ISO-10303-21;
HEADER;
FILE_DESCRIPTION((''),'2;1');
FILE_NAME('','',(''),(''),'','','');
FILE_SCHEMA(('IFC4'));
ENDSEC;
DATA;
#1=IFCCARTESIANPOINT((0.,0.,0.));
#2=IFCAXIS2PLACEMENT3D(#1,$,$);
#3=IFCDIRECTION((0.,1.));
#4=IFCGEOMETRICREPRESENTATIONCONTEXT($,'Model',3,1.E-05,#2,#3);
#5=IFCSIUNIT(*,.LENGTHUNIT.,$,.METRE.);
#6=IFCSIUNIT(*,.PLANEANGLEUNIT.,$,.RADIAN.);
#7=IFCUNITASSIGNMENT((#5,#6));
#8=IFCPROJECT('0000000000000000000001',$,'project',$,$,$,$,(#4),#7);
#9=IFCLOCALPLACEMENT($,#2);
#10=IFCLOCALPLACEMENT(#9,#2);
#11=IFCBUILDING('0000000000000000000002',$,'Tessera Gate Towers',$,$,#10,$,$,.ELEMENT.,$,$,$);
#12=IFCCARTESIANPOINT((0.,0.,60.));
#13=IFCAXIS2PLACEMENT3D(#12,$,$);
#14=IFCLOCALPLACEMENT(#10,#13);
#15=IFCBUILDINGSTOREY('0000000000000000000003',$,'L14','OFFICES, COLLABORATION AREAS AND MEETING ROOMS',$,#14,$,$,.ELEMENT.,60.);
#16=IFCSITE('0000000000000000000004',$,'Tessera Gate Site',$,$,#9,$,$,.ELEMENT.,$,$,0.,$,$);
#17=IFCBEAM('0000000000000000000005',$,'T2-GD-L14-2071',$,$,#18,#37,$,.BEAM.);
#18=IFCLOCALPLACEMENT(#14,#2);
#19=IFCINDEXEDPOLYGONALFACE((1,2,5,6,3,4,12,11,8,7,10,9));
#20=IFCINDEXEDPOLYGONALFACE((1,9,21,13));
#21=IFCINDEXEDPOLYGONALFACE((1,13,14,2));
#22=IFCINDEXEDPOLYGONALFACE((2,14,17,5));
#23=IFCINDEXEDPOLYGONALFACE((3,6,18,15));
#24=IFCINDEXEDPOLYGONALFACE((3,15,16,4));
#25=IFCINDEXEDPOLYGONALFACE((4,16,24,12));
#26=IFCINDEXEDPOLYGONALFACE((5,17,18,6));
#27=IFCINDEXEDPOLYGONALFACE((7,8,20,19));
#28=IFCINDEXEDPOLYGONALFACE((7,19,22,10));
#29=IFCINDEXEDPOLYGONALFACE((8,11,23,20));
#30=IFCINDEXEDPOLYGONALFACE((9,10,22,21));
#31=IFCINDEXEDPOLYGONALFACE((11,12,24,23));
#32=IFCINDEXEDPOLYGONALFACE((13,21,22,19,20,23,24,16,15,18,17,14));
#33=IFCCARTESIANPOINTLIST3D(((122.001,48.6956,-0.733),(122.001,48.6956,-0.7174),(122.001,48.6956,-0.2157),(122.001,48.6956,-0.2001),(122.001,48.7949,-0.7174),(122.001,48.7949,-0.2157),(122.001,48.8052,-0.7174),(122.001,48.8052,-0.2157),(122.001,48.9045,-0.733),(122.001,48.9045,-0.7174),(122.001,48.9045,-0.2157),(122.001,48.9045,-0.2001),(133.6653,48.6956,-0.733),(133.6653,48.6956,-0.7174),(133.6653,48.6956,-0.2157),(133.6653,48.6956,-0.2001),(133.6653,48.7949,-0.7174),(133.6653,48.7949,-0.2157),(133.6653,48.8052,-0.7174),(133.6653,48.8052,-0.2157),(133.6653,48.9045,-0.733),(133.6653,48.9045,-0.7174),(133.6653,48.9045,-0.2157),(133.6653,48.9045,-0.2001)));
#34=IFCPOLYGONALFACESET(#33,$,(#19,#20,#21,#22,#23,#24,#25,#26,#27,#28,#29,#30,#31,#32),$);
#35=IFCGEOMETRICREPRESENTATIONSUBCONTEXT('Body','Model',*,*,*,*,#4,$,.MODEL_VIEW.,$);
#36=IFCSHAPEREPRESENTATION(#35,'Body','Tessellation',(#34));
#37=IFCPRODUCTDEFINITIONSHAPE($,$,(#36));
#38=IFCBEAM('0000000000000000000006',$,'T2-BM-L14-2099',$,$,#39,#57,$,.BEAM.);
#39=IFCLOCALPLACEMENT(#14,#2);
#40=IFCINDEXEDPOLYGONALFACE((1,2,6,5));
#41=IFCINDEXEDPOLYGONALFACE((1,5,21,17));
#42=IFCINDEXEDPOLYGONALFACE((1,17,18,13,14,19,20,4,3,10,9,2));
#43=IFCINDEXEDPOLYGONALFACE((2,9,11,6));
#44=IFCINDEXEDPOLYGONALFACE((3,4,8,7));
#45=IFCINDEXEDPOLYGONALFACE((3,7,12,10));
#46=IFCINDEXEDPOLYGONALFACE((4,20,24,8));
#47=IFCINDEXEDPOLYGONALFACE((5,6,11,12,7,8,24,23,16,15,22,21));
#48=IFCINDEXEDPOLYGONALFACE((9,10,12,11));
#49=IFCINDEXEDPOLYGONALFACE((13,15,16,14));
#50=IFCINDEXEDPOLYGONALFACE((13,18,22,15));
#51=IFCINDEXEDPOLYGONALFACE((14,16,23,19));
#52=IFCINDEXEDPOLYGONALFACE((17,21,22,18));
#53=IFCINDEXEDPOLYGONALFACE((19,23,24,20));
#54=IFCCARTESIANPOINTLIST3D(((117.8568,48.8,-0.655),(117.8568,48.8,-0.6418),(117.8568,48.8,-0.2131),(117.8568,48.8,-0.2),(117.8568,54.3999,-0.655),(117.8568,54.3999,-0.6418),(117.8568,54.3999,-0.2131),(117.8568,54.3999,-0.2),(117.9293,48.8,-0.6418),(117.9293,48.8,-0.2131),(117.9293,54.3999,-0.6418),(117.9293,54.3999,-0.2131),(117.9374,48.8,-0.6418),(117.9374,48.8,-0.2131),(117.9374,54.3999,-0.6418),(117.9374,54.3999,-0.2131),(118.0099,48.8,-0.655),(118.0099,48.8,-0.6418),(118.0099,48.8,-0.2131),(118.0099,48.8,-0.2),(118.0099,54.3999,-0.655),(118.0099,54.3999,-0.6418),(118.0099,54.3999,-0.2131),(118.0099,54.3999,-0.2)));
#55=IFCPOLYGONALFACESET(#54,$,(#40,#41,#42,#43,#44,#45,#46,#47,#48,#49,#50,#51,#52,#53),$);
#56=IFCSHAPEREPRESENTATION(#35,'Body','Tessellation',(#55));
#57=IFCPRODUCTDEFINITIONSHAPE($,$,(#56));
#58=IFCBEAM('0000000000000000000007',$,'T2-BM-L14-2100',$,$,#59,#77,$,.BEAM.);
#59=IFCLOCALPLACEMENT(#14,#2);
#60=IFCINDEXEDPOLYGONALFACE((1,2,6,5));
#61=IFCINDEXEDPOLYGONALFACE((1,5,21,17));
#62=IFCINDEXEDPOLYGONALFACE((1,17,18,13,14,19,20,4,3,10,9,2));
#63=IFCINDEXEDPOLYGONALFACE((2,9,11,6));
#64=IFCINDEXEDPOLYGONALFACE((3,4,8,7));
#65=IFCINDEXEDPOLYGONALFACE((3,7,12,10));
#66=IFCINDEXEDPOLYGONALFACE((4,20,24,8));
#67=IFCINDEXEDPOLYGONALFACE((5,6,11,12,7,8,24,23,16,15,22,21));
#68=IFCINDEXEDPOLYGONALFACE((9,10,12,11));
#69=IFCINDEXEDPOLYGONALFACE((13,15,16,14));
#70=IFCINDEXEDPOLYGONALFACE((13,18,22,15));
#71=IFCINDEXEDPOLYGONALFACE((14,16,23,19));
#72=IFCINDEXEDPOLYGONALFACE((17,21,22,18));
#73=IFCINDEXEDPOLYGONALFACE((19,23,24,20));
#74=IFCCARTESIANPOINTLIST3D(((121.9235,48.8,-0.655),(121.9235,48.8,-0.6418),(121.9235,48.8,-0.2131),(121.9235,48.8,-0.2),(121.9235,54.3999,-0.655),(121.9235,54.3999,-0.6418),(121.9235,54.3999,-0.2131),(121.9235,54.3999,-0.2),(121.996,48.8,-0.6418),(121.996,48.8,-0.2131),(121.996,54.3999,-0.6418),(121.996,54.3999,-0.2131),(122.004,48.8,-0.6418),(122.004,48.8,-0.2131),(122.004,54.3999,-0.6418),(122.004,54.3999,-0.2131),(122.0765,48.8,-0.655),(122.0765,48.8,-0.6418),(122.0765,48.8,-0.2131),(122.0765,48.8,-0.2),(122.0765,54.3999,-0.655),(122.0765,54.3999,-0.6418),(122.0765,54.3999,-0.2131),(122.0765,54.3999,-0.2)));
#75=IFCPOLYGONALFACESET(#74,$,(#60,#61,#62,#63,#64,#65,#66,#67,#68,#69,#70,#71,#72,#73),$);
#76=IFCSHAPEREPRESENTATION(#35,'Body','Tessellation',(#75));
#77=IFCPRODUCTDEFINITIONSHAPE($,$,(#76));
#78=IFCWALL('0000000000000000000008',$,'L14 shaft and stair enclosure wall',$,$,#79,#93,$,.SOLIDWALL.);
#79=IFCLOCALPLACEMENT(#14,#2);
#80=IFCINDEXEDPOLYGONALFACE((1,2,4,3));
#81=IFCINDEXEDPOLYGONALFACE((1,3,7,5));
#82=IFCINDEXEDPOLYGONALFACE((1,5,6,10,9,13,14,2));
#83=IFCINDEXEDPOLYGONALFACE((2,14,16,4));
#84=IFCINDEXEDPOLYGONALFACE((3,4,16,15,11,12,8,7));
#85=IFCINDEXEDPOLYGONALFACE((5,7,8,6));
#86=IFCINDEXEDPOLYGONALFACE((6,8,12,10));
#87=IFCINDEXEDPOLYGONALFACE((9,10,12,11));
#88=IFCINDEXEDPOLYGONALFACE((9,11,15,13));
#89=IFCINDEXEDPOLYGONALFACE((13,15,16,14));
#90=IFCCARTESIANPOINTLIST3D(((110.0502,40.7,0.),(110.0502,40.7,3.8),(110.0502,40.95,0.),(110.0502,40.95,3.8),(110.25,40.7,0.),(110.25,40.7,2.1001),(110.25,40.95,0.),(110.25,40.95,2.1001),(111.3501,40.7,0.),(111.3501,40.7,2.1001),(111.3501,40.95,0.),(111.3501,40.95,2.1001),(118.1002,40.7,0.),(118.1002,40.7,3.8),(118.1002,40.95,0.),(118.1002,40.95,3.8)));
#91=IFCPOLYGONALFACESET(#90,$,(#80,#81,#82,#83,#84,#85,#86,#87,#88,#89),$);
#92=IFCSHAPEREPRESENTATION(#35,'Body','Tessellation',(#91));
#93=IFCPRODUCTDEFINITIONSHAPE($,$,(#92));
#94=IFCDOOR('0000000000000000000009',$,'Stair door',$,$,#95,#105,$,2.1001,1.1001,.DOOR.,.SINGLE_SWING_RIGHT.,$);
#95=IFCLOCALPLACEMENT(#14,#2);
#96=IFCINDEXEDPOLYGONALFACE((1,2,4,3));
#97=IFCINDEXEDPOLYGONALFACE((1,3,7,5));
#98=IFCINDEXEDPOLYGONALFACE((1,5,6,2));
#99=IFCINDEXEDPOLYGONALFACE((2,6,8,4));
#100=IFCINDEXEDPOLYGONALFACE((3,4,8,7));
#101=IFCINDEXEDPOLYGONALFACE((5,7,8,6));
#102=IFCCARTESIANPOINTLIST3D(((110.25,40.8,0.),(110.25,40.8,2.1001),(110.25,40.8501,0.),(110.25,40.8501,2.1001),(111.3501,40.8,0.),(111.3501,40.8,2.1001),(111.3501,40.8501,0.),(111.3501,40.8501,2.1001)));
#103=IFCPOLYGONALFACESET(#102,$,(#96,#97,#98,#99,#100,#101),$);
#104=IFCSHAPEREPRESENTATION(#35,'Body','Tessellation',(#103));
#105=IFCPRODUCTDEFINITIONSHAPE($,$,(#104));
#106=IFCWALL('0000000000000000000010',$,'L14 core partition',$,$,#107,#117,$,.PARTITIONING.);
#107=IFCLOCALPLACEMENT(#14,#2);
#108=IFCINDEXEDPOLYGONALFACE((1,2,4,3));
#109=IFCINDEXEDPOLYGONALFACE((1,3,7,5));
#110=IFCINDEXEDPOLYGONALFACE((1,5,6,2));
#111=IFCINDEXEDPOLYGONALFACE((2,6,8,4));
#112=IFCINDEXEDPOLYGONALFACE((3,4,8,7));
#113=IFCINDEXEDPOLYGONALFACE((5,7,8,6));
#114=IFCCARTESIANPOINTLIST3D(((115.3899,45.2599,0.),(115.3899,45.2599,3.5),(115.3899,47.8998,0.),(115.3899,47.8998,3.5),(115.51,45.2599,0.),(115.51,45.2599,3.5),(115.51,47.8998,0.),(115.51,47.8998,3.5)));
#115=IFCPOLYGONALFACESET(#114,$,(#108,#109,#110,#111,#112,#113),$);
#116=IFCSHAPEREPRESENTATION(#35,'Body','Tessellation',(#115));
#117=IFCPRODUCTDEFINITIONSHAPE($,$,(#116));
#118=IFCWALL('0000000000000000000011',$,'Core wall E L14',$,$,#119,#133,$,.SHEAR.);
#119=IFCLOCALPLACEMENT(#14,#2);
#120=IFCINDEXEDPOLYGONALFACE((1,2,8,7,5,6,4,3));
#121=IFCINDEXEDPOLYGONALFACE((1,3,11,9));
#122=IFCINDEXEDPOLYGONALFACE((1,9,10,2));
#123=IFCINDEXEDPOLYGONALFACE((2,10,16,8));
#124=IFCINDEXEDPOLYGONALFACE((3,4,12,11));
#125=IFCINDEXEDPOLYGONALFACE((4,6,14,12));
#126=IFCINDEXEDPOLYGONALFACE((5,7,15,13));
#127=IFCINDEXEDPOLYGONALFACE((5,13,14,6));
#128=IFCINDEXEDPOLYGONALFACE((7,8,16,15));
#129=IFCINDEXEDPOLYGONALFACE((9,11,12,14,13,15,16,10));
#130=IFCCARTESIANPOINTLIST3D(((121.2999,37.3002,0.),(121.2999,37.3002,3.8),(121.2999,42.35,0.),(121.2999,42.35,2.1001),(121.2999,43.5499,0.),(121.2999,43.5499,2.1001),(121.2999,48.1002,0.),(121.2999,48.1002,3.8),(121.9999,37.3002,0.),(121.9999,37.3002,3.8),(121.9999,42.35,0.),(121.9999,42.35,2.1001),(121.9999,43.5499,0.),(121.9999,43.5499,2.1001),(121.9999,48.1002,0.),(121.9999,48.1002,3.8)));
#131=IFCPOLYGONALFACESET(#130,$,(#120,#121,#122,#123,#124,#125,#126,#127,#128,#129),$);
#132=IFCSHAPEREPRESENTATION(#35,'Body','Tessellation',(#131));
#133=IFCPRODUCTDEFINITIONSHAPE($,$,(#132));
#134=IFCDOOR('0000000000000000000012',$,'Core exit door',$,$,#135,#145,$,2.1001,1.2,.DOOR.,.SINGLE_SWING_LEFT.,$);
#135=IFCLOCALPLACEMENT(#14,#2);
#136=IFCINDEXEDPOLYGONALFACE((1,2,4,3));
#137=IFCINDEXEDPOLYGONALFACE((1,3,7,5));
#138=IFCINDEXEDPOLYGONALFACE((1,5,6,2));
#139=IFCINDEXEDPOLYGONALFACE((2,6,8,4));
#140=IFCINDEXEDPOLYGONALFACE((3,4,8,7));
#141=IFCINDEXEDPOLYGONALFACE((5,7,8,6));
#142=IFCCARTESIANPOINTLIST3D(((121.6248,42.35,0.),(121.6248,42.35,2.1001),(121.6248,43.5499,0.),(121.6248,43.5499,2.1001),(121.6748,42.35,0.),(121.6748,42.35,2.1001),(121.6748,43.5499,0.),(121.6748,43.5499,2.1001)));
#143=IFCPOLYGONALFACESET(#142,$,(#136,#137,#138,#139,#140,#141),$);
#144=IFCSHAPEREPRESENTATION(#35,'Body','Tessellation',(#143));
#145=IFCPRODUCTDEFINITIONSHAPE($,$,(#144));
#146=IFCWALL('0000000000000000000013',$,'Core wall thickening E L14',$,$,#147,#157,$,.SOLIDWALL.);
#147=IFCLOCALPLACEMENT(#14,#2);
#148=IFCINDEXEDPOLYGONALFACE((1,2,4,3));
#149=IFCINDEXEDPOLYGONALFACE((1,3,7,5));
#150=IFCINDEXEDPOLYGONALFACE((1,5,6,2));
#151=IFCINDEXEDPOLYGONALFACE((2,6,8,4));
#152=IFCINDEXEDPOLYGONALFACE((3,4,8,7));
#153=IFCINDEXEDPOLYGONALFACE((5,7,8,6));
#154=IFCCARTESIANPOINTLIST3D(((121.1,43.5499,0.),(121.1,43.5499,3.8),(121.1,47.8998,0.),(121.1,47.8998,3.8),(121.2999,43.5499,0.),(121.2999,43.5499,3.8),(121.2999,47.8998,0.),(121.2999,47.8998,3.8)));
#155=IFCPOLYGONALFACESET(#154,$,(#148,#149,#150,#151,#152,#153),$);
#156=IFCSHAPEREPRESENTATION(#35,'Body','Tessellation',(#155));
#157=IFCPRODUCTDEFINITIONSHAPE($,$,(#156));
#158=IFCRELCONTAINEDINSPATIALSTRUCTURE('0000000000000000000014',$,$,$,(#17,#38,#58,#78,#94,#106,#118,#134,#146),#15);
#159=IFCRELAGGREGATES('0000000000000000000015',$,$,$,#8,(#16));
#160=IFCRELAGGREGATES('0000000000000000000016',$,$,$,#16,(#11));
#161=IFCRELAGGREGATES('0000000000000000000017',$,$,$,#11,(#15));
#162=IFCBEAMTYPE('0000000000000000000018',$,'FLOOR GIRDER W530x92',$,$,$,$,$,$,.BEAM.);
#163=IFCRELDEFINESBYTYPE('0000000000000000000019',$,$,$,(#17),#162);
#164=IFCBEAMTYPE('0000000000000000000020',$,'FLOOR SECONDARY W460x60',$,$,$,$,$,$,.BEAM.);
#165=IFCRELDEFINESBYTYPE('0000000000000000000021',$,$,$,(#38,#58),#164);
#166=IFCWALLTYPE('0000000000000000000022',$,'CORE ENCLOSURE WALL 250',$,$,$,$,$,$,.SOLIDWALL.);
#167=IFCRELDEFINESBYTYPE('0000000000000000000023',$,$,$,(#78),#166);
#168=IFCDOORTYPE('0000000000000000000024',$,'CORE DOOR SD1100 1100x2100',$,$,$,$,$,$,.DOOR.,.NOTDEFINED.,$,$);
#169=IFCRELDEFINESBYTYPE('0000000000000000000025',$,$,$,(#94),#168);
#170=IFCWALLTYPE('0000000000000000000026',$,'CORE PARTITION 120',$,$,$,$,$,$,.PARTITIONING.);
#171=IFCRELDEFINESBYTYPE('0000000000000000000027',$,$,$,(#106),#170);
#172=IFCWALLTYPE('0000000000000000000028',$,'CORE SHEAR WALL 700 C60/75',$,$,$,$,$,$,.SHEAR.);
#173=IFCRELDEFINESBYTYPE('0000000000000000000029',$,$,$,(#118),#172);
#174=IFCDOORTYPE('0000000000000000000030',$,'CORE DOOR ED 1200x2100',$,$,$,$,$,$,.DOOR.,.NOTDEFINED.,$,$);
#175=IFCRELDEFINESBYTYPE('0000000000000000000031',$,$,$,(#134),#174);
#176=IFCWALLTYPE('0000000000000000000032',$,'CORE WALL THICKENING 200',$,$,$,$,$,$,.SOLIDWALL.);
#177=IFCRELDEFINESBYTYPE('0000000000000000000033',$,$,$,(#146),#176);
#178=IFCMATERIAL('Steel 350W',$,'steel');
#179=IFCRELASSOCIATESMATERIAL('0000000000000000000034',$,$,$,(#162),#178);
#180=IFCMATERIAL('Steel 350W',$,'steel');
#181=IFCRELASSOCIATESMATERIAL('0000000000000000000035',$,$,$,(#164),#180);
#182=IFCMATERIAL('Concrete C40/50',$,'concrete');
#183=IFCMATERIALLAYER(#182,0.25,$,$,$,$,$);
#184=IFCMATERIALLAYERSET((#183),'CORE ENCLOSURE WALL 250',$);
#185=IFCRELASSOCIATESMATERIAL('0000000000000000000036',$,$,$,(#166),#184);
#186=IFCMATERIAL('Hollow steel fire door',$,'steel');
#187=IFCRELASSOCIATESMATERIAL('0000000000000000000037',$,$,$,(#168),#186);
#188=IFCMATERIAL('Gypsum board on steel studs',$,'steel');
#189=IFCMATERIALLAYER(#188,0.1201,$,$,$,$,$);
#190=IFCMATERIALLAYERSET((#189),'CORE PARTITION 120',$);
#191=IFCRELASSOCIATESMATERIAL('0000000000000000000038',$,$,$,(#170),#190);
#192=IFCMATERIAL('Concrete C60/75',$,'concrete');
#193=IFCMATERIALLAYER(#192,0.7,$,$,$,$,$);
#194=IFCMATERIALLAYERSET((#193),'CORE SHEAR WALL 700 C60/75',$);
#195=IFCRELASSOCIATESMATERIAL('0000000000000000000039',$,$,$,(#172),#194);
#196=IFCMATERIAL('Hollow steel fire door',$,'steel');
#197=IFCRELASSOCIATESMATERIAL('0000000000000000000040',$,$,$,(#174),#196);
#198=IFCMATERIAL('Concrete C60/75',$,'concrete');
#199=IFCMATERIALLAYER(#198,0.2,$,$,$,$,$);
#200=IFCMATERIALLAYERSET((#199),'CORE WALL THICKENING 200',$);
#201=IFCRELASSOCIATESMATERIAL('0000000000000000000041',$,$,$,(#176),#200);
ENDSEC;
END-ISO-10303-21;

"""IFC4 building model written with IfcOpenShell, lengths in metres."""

from ifc_helpers import new_model, si_unit, direction, frame, frame_2d, origin, origin_2d, place, context, subcontext, project, spatial, rectangle, i_section, extrude, source, transform, mapped, material, layer, layer_set, material_profile, profile_set, type_object, element, fill, save


model = new_model("IFC4")

# Units and contexts
model_context = context("Model", 3, precision=1e-05, world=origin(), true_north=direction((0.0, 1.0)))
body_context = subcontext(model_context, "Body", "Model", "MODEL_VIEW")
ifc_project = project(units=[si_unit("LENGTHUNIT", "METRE"), si_unit("PLANEANGLEUNIT", "RADIAN")], contexts=[model_context])

# Site, building, storey
site_placement = place(None, origin())
site = spatial("IfcSite", under=ifc_project, at=site_placement, Name="Tessera Gate Site", CompositionType="ELEMENT", RefElevation=0.0)
building_placement = place(site_placement, origin())
building = spatial("IfcBuilding", under=site, at=building_placement, Name="Tessera Gate Towers", CompositionType="ELEMENT")
storey_placement = place(building_placement, frame((0.0, 0.0, 60.0)))
storey = spatial("IfcBuildingStorey", under=building, at=storey_placement, Name="L14", Description="OFFICES, COLLABORATION AREAS AND MEETING ROOMS", CompositionType="ELEMENT", Elevation=60.0)

# Beams
ifc_material_1 = material(Name="Steel 350W", Category="steel")
ifc_material_profile_1 = material_profile(ifc_material_1, i_section(OverallWidth=0.209, OverallDepth=0.533, WebThickness=0.0103, FlangeThickness=0.0156, at=origin_2d()), Name="W530x92")
ifc_profile_set_1 = profile_set([ifc_material_profile_1], Name="Steel 350W")
beam_type_1 = type_object("IfcBeamType", Name="FLOOR GIRDER W530x92", PredefinedType="BEAM", material=ifc_profile_set_1)
beam_placement = place(storey_placement, frame((122.001, 48.8, -0.4666), z_axis=(1.0, 0.0, 0.0), x_axis=(0.0, 1.0, 0.0)))
element("IfcBeam", 1, at=beam_placement, inside=storey, type_object=beam_type_1, Name="T2-GD-L14-2071", PredefinedType="BEAM", context=body_context, shape_type="SweptSolid", body=[
    extrude(i_section(OverallWidth=0.209, OverallDepth=0.533, WebThickness=0.0103, FlangeThickness=0.0156, at=origin_2d()), origin(), (0.0, 0.0, 1.0), 11.6643),
])
ifc_material_2 = material(Name="Steel 350W", Category="steel")
ifc_material_profile_2 = material_profile(ifc_material_2, i_section(OverallWidth=0.1531, OverallDepth=0.4551, WebThickness=0.0081, FlangeThickness=0.0132, at=origin_2d()), Name="W460x60")
ifc_profile_set_2 = profile_set([ifc_material_profile_2], Name="Steel 350W")
beam_type_2 = type_object("IfcBeamType", Name="FLOOR SECONDARY W460x60", PredefinedType="BEAM", material=ifc_profile_set_2)
for number, where, z_axis, x_axis, name in (
    (2, (117.9333, 48.8, -0.4275), (0.0, 1.0, 0.0), (-1.0, 0.0, 0.0), "T2-BM-L14-2099"),
    (3, (122.0, 48.8, -0.4275), (0.0, 1.0, 0.0), (-1.0, 0.0, 0.0), "T2-BM-L14-2100"),
):
    element("IfcBeam", number, at=place(storey_placement, frame(where, z_axis=z_axis, x_axis=x_axis)), inside=storey, type_object=beam_type_2, Name=name, PredefinedType="BEAM", context=body_context, shape_type="SweptSolid", body=[
        extrude(i_section(OverallWidth=0.1531, OverallDepth=0.4551, WebThickness=0.0081, FlangeThickness=0.0132, at=origin_2d()), origin(), (0.0, 0.0, 1.0), 5.5999),
    ])

# Wall, opening, door
ifc_material_3 = material(Name="Concrete C40/50", Category="concrete")
ifc_layer_1 = layer(ifc_material_3, 0.25)
ifc_layer_set_1 = layer_set([ifc_layer_1], Name="CORE ENCLOSURE WALL 250")
wall_type_1 = type_object("IfcWallType", Name="CORE ENCLOSURE WALL 250", PredefinedType="SOLIDWALL", material=ifc_layer_set_1)
wall_1_placement = place(storey_placement, frame((118.1001, 40.825, 0.0), z_axis=(0.0, 0.0, 1.0), x_axis=(-1.0, 0.0, 0.0)))
wall_1 = element("IfcWall", 4, at=wall_1_placement, inside=storey, type_object=wall_type_1, Name="L14 shaft and stair enclosure wall", PredefinedType="SOLIDWALL", context=body_context, shape_type="SweptSolid", body=[
    extrude(rectangle(XDim=8.05, YDim=0.25, at=frame_2d((4.0249, 0.0))), origin(), (0.0, 0.0, 1.0), 3.8),
])
shared_shape_1 = source(origin(), body_context, "Body", "SweptSolid", [
    extrude(rectangle(XDim=1.1001, YDim=2.1001, at=frame_2d((0.55, 1.05))), frame((0.0, 0.135, 0.0), z_axis=(0.0, -1.0, 0.0), x_axis=(1.0, 0.0, 0.0)), (0.0, 0.0, 1.0), 0.27),
])
opening_1_placement = place(wall_1_placement, frame((6.75, 0.0, 0.0)))
opening_1 = element("IfcOpeningElement", 5, at=opening_1_placement, cuts=wall_1, PredefinedType="OPENING", context=body_context, shape_type="MappedRepresentation", body=[
    mapped(shared_shape_1, transform((0.0, 0.0, 0.0), scale=1.0)),
])
ifc_material_4 = material(Name="Hollow steel fire door", Category="steel")
door_type_1 = type_object("IfcDoorType", Name="CORE DOOR SD1100 1100x2100", OperationType="NOTDEFINED", PredefinedType="DOOR", material=ifc_material_4)
shared_shape_2 = source(origin(), body_context, "Body", "SweptSolid", [
    extrude(rectangle(XDim=1.1001, YDim=2.1001, at=frame_2d((0.55, 1.05))), frame((0.0, 0.0249, 0.0), z_axis=(0.0, -1.0, 0.0), x_axis=(1.0, 0.0, 0.0)), (0.0, 0.0, 1.0), 0.05),
])
door_1_placement = place(opening_1_placement, origin())
door_1 = element("IfcDoor", 6, at=door_1_placement, inside=storey, type_object=door_type_1, Name="Stair door", OperationType="SINGLE_SWING_RIGHT", OverallHeight=2.1001, OverallWidth=1.1001, PredefinedType="DOOR", context=body_context, shape_type="MappedRepresentation", body=[
    mapped(shared_shape_2, transform((0.0, 0.0, 0.0), scale=1.0)),
])
fill(opening_1, door_1)

# Wall
ifc_material_5 = material(Name="Gypsum board on steel studs", Category="steel")
ifc_layer_2 = layer(ifc_material_5, 0.1201)
ifc_layer_set_2 = layer_set([ifc_layer_2], Name="CORE PARTITION 120")
wall_type_2 = type_object("IfcWallType", Name="CORE PARTITION 120", PredefinedType="PARTITIONING", material=ifc_layer_set_2)
wall_2_placement = place(storey_placement, frame((115.45, 45.26, 0.0), z_axis=(0.0, 0.0, 1.0), x_axis=(0.0, 1.0, 0.0)))
element("IfcWall", 7, at=wall_2_placement, inside=storey, type_object=wall_type_2, Name="L14 core partition", PredefinedType="PARTITIONING", context=body_context, shape_type="SweptSolid", body=[
    extrude(rectangle(XDim=2.6399, YDim=0.1201, at=frame_2d((1.3198, 0.0))), origin(), (0.0, 0.0, 1.0), 3.5),
])

# Wall, opening, door
ifc_material_6 = material(Name="Concrete C60/75", Category="concrete")
ifc_layer_3 = layer(ifc_material_6, 0.7)
ifc_layer_set_3 = layer_set([ifc_layer_3], Name="CORE SHEAR WALL 700 C60/75")
wall_type_3 = type_object("IfcWallType", Name="CORE SHEAR WALL 700 C60/75", PredefinedType="SHEAR", material=ifc_layer_set_3)
wall_3_placement = place(storey_placement, frame((121.6499, 48.1001, 0.0), z_axis=(0.0, 0.0, 1.0), x_axis=(0.0, -1.0, 0.0)))
wall_3 = element("IfcWall", 8, at=wall_3_placement, inside=storey, type_object=wall_type_3, Name="Core wall E L14", PredefinedType="SHEAR", context=body_context, shape_type="SweptSolid", body=[
    extrude(rectangle(XDim=10.8, YDim=0.7, at=frame_2d((5.3999, 0.0))), origin(), (0.0, 0.0, 1.0), 3.8),
])
shared_shape_3 = source(origin(), body_context, "Body", "SweptSolid", [
    extrude(rectangle(XDim=1.2, YDim=2.1001, at=frame_2d((0.6001, 1.05))), frame((0.0, 0.3599, 0.0), z_axis=(0.0, -1.0, 0.0), x_axis=(1.0, 0.0, 0.0)), (0.0, 0.0, 1.0), 0.72),
])
opening_2_placement = place(wall_3_placement, frame((4.55, 0.0, 0.0)))
opening_2 = element("IfcOpeningElement", 9, at=opening_2_placement, cuts=wall_3, PredefinedType="OPENING", context=body_context, shape_type="MappedRepresentation", body=[
    mapped(shared_shape_3, transform((0.0, 0.0, 0.0), scale=1.0)),
])
ifc_material_7 = material(Name="Hollow steel fire door", Category="steel")
door_type_2 = type_object("IfcDoorType", Name="CORE DOOR ED 1200x2100", OperationType="NOTDEFINED", PredefinedType="DOOR", material=ifc_material_7)
shared_shape_4 = source(origin(), body_context, "Body", "SweptSolid", [
    extrude(rectangle(XDim=1.2, YDim=2.1001, at=frame_2d((0.6001, 1.05))), frame((0.0, 0.0249, 0.0), z_axis=(0.0, -1.0, 0.0), x_axis=(1.0, 0.0, 0.0)), (0.0, 0.0, 1.0), 0.05),
])
door_2_placement = place(opening_2_placement, origin())
door_2 = element("IfcDoor", 10, at=door_2_placement, inside=storey, type_object=door_type_2, Name="Core exit door", OperationType="SINGLE_SWING_LEFT", OverallHeight=2.1001, OverallWidth=1.2, PredefinedType="DOOR", context=body_context, shape_type="MappedRepresentation", body=[
    mapped(shared_shape_4, transform((0.0, 0.0, 0.0), scale=1.0)),
])
fill(opening_2, door_2)

# Wall
ifc_material_8 = material(Name="Concrete C60/75", Category="concrete")
ifc_layer_4 = layer(ifc_material_8, 0.2)
ifc_layer_set_4 = layer_set([ifc_layer_4], Name="CORE WALL THICKENING 200")
wall_type_4 = type_object("IfcWallType", Name="CORE WALL THICKENING 200", PredefinedType="SOLIDWALL", material=ifc_layer_set_4)
wall_4_placement = place(storey_placement, frame((121.2, 43.55, 0.0), z_axis=(0.0, 0.0, 1.0), x_axis=(0.0, 1.0, 0.0)))
element("IfcWall", 11, at=wall_4_placement, inside=storey, type_object=wall_type_4, Name="Core wall thickening E L14", PredefinedType="SOLIDWALL", context=body_context, shape_type="SweptSolid", body=[
    extrude(rectangle(XDim=4.3499, YDim=0.2, at=frame_2d((2.1748, 0.0))), origin(), (0.0, 0.0, 1.0), 3.8),
])

save(model, "model.ifc")
